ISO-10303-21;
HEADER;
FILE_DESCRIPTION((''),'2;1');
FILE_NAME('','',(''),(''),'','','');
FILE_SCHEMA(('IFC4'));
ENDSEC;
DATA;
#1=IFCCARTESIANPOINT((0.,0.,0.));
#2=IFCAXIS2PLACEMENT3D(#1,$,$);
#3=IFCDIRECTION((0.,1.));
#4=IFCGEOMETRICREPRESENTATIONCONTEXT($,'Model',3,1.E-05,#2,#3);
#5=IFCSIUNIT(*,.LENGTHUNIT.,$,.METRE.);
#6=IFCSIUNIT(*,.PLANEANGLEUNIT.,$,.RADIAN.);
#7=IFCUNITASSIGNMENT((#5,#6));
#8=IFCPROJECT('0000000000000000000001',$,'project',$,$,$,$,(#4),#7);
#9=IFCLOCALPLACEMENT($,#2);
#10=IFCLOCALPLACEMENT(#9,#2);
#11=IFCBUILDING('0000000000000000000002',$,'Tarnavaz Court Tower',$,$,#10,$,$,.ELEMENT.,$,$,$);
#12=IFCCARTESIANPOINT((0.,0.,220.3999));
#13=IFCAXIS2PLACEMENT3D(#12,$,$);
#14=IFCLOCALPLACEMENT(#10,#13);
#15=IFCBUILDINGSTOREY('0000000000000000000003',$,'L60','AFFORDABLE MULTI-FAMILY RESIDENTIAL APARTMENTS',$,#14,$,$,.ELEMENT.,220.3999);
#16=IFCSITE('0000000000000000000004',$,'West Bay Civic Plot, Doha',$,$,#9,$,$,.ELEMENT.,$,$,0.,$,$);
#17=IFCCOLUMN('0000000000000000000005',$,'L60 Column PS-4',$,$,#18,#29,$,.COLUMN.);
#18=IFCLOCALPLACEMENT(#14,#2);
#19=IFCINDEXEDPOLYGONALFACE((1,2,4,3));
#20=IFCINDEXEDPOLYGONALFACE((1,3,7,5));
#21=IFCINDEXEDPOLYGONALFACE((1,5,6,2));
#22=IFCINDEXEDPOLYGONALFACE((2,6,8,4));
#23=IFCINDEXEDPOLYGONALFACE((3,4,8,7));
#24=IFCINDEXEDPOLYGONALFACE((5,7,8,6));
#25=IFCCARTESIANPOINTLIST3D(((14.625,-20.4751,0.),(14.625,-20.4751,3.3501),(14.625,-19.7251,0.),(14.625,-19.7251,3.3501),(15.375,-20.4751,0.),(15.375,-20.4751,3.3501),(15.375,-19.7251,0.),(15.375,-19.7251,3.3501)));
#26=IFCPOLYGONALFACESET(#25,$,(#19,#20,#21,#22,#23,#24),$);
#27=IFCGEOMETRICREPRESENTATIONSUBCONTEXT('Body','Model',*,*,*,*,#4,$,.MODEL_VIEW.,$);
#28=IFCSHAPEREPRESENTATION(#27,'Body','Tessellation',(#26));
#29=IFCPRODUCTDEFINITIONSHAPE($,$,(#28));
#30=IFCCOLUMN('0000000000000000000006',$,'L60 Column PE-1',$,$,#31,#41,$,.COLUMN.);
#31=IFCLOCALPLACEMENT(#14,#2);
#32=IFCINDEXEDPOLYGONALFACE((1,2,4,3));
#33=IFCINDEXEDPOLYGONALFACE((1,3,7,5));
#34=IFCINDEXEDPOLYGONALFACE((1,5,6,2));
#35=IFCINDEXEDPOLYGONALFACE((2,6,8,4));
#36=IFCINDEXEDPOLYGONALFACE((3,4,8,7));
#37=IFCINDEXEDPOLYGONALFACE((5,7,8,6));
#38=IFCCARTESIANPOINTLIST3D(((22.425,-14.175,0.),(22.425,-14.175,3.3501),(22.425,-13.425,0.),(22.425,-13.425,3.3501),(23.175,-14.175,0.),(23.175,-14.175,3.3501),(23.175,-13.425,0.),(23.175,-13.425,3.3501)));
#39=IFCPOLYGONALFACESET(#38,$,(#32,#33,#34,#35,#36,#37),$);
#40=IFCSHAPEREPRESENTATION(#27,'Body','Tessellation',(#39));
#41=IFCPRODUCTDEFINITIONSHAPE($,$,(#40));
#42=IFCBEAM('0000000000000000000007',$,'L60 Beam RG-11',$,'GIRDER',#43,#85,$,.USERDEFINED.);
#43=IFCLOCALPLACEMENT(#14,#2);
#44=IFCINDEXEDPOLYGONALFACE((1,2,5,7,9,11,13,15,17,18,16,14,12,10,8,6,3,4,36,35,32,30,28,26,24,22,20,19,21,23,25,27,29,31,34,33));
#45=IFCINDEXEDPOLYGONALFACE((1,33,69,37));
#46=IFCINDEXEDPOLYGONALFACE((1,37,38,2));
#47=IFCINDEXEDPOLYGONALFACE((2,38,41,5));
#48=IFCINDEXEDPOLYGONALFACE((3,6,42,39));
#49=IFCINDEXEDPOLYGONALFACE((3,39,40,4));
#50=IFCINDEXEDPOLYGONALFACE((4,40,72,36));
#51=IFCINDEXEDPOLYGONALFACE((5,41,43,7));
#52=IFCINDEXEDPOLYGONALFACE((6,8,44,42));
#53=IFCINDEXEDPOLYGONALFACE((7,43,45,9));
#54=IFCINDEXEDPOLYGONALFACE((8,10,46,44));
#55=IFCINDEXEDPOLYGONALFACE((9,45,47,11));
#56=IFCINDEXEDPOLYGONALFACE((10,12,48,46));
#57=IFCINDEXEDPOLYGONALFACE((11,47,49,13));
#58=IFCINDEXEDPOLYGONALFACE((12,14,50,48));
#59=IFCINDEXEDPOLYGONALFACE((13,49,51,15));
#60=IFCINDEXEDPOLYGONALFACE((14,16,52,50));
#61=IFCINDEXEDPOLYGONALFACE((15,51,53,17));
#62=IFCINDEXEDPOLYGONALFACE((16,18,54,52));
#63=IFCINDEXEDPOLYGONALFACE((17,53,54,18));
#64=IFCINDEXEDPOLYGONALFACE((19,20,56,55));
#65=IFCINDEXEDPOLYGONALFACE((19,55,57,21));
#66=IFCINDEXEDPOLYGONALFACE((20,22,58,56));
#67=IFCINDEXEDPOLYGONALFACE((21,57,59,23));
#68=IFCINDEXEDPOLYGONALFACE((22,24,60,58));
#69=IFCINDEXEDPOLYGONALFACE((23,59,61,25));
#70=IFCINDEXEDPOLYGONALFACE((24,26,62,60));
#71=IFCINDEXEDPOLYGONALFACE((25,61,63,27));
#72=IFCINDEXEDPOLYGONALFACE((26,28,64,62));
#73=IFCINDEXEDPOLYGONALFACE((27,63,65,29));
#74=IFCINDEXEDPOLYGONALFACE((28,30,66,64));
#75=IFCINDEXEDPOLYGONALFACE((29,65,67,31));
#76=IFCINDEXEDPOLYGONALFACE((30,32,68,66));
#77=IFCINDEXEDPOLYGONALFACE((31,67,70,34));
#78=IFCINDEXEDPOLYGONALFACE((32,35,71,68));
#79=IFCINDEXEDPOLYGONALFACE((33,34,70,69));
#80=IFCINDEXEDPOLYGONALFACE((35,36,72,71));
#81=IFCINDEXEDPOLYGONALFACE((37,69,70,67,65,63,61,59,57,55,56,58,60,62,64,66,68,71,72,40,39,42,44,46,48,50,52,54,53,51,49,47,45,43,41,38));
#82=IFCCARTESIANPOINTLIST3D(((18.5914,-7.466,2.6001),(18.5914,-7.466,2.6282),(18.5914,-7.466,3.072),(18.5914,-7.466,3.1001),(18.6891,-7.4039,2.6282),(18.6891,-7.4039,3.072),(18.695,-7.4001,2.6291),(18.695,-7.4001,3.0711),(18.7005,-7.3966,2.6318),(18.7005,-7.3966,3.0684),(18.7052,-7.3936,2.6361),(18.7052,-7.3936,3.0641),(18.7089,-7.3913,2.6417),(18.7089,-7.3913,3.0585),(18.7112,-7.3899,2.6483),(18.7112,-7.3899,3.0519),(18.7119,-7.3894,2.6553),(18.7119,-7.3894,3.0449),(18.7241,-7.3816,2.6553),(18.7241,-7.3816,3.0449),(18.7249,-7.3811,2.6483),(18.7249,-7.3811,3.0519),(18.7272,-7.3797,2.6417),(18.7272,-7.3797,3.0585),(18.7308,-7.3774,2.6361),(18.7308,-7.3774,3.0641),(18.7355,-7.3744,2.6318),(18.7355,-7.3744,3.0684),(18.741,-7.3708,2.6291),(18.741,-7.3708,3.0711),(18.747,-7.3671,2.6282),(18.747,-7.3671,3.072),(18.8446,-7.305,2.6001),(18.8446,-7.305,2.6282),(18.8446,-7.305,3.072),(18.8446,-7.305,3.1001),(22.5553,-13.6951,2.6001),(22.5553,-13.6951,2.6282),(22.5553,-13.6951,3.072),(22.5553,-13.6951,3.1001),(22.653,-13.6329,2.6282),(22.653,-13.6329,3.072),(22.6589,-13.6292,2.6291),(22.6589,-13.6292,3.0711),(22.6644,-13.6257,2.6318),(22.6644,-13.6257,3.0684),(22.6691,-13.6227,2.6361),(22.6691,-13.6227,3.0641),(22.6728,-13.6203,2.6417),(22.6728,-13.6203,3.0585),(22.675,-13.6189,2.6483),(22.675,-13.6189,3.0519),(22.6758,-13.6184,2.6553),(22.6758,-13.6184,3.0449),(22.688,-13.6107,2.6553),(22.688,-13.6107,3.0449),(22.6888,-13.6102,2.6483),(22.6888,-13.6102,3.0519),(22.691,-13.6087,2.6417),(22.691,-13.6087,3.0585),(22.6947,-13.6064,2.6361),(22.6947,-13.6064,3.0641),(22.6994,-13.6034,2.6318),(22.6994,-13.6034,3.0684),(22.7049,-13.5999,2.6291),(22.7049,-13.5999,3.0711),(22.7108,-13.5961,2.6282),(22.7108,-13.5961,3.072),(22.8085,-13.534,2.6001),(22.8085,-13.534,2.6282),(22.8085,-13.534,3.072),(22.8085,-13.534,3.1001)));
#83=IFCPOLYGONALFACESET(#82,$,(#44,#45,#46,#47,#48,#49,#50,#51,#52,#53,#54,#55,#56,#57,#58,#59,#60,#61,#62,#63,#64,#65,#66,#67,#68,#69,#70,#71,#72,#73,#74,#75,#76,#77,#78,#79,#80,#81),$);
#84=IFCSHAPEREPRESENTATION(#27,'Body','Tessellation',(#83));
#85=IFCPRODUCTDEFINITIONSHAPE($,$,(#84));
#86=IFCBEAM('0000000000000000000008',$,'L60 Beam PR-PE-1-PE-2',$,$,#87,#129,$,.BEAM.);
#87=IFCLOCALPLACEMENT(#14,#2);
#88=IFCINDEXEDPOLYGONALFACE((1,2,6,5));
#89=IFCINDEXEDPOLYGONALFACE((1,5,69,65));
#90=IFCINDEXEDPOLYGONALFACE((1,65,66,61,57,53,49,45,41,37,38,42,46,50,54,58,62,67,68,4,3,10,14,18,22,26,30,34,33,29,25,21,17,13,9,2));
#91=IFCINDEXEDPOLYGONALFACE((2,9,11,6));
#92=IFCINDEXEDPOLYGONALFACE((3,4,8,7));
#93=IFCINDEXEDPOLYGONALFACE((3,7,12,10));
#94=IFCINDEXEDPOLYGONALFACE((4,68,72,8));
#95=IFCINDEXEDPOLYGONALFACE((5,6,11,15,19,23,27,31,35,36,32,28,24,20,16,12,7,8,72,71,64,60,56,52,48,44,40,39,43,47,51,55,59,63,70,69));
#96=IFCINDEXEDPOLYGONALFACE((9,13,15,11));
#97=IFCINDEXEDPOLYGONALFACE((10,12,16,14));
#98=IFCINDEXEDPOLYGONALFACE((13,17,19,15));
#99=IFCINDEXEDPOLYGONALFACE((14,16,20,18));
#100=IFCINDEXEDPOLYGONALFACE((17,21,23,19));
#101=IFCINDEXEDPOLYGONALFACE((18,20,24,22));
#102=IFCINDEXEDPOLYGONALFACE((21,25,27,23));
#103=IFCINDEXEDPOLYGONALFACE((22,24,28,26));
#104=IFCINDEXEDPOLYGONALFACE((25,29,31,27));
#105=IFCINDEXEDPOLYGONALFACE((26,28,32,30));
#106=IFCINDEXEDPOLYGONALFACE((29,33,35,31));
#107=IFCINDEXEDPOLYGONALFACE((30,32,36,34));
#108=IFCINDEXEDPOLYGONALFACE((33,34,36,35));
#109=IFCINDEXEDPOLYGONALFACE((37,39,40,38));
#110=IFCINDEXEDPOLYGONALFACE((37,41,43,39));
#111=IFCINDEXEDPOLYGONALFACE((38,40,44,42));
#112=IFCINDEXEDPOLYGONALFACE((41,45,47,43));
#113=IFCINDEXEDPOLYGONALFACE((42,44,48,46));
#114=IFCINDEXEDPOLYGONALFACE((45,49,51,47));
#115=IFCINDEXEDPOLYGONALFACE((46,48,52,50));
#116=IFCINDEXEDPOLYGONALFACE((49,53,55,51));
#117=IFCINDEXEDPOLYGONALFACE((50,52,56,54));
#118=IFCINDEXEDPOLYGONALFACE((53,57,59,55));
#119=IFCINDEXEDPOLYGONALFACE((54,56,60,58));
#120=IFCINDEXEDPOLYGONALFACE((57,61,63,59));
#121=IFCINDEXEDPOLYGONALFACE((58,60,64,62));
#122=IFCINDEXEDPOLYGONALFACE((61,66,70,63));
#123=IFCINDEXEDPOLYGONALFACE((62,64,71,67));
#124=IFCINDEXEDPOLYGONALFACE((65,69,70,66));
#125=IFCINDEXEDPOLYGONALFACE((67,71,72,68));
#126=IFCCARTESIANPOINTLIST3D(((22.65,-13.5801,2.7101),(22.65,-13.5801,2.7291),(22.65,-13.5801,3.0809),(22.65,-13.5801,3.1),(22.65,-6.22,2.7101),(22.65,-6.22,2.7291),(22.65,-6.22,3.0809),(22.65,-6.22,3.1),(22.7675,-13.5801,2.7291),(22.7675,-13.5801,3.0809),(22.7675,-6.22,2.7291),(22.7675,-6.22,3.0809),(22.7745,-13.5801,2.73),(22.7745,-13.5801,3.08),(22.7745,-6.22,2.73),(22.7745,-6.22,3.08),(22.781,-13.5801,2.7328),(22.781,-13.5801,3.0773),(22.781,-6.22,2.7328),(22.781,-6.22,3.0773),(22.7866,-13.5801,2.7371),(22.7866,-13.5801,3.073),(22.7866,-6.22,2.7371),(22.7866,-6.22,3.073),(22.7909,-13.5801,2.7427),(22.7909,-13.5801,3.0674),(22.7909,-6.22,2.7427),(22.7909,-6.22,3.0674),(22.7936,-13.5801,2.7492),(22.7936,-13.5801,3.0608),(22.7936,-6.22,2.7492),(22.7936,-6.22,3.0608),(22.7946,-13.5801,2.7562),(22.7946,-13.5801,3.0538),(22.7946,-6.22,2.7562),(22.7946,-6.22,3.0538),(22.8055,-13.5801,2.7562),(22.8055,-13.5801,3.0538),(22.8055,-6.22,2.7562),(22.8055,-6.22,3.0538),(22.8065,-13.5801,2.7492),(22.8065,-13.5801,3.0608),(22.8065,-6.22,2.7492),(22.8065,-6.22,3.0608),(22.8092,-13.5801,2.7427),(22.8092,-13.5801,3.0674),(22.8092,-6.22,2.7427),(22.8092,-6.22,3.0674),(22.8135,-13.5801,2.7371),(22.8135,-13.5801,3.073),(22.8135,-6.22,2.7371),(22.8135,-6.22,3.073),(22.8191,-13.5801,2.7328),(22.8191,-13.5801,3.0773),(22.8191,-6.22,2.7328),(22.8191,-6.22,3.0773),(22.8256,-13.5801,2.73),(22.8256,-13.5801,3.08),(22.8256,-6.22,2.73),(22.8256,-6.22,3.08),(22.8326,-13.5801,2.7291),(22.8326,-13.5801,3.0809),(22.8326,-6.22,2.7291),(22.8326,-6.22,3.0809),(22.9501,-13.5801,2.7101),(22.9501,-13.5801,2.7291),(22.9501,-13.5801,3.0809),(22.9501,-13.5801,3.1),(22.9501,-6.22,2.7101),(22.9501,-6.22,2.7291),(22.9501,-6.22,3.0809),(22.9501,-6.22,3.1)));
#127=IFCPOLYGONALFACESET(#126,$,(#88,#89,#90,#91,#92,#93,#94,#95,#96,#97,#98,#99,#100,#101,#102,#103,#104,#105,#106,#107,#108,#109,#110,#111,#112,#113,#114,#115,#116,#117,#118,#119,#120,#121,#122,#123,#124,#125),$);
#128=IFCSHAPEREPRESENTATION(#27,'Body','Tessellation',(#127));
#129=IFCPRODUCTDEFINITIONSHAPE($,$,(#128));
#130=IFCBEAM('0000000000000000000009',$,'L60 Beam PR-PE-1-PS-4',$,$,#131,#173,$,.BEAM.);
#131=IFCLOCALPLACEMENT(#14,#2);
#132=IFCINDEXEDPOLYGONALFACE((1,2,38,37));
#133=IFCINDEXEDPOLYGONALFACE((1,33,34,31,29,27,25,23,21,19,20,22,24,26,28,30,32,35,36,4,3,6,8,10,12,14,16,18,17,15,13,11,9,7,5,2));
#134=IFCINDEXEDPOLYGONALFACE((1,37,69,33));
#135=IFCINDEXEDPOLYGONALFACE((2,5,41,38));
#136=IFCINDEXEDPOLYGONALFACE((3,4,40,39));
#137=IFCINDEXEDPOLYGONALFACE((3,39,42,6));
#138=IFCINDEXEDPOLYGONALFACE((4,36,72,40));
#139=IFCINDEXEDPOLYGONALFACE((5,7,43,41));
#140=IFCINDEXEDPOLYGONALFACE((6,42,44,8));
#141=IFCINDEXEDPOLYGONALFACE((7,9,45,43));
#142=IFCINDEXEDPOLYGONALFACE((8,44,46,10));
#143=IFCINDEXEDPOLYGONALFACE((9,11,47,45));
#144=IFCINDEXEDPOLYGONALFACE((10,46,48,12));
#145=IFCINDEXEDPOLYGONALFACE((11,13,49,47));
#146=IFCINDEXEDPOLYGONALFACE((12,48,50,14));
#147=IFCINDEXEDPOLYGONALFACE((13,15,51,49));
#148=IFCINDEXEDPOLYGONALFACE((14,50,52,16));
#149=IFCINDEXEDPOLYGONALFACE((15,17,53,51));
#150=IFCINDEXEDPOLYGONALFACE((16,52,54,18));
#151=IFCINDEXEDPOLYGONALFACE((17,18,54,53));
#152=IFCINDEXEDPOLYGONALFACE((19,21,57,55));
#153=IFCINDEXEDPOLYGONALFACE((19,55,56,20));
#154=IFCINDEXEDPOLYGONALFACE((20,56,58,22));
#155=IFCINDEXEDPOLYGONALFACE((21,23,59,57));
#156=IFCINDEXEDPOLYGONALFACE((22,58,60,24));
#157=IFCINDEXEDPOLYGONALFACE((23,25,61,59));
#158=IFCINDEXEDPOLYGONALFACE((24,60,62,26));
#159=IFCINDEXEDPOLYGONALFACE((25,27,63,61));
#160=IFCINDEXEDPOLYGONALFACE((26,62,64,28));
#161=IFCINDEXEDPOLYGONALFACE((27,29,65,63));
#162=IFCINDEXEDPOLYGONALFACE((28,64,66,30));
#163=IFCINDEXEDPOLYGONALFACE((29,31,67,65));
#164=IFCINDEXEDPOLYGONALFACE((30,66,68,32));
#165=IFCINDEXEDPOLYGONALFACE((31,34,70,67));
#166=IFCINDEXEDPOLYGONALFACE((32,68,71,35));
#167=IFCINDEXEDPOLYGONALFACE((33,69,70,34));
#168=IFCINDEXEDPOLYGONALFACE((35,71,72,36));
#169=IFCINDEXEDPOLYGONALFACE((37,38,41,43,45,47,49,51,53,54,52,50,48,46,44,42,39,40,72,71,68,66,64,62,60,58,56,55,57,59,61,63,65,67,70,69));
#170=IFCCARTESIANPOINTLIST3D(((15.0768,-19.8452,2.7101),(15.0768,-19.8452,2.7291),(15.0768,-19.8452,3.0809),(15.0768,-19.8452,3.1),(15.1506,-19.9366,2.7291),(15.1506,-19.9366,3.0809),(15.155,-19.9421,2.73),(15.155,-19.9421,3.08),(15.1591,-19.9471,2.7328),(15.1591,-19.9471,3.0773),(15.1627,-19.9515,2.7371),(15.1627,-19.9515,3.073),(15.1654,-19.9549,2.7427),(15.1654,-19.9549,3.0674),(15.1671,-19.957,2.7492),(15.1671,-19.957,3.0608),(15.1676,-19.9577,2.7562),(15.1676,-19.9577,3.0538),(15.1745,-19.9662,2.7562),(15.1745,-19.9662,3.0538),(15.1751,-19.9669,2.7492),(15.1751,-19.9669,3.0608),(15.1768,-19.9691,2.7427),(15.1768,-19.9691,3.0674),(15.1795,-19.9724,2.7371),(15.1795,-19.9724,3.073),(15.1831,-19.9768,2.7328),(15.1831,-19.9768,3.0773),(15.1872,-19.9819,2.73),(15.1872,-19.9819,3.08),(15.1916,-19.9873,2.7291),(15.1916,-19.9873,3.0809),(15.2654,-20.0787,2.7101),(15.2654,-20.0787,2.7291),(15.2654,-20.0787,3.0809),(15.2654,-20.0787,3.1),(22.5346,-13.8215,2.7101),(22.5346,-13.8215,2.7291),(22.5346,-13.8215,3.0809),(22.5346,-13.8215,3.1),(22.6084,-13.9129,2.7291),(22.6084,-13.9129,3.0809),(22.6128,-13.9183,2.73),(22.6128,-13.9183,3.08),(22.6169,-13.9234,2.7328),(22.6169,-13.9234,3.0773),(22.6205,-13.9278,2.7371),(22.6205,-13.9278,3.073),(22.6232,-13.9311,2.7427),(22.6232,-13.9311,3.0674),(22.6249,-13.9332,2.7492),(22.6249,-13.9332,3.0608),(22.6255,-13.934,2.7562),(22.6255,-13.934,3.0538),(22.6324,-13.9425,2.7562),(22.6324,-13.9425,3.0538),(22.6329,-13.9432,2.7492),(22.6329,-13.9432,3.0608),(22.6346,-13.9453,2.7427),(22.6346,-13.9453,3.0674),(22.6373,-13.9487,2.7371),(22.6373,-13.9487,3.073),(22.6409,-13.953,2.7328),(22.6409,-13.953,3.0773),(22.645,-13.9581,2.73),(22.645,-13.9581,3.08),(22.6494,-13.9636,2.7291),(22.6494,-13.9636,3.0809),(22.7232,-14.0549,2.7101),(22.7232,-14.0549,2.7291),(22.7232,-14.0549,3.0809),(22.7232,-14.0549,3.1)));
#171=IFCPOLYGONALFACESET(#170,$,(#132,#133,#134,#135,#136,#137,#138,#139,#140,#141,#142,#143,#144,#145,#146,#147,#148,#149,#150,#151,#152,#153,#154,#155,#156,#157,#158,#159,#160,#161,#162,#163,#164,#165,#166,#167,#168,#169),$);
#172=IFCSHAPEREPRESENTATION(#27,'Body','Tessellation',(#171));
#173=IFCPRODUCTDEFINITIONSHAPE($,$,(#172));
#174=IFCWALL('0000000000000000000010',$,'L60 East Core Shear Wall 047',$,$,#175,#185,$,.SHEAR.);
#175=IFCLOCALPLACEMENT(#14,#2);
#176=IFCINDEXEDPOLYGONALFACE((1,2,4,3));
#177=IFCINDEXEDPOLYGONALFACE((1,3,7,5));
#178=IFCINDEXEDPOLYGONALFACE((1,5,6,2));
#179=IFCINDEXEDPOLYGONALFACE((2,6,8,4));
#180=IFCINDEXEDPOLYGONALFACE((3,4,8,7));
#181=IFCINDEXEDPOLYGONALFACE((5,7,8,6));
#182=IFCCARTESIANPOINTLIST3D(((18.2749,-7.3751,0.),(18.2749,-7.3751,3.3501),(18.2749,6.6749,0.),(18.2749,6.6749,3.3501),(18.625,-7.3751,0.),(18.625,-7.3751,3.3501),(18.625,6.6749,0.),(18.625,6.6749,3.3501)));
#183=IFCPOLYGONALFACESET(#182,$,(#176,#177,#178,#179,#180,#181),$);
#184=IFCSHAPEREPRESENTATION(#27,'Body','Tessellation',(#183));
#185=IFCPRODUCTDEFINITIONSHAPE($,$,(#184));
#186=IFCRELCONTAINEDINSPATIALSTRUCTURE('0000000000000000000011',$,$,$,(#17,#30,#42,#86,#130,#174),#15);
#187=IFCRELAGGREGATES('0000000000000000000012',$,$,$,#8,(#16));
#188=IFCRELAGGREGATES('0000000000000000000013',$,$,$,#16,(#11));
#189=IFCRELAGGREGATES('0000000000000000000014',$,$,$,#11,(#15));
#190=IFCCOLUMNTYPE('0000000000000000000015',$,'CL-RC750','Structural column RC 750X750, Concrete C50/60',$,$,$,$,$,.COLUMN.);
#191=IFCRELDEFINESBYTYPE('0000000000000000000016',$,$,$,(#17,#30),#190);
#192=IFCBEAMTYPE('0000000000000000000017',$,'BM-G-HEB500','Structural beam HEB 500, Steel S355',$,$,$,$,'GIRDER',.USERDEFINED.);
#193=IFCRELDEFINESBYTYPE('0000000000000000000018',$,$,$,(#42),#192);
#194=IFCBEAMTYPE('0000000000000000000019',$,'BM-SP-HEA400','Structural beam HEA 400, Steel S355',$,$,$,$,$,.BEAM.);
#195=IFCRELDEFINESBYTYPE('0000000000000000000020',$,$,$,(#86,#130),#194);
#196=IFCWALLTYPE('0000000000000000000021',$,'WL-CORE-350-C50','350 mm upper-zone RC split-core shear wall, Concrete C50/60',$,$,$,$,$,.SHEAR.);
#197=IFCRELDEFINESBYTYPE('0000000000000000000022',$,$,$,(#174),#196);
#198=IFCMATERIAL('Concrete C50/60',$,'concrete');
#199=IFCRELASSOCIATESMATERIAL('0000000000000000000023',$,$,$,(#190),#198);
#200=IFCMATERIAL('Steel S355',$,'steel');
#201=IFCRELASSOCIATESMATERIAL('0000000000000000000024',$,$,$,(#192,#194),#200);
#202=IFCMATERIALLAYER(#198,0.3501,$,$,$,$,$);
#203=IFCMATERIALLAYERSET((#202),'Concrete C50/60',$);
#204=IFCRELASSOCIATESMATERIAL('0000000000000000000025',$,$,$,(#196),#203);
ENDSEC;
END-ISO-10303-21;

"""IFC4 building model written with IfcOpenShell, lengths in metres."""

from ifc_helpers import new_model, si_unit, direction, frame, frame_2d, origin, origin_2d, place, context, subcontext, project, spatial, rectangle, i_section, extrude, material, layer, layer_set, material_profile, profile_set, type_object, element, save


model = new_model("IFC4")

# Units and contexts
model_context = context("Model", 3, precision=1e-05, world=origin(), true_north=direction((0.0, 1.0)))
body_context = subcontext(model_context, "Body", "Model", "MODEL_VIEW")
ifc_project = project(units=[si_unit("LENGTHUNIT", "METRE"), si_unit("PLANEANGLEUNIT", "RADIAN")], contexts=[model_context])

# Site, building, storey
site_placement = place(None, origin())
site = spatial("IfcSite", under=ifc_project, at=site_placement, Name="West Bay Civic Plot, Doha", CompositionType="ELEMENT", RefElevation=0.0)
building_placement = place(site_placement, origin())
building = spatial("IfcBuilding", under=site, at=building_placement, Name="Tarnavaz Court Tower", CompositionType="ELEMENT")
storey_placement = place(building_placement, frame((0.0, 0.0, 220.3999)))
storey = spatial("IfcBuildingStorey", under=building, at=storey_placement, Name="L60", Description="AFFORDABLE MULTI-FAMILY RESIDENTIAL APARTMENTS", CompositionType="ELEMENT", Elevation=220.3999)

# Columns
ifc_material_1 = material(Name="Concrete C50/60", Category="concrete")
ifc_material_profile_1 = material_profile(ifc_material_1, rectangle(XDim=0.75, YDim=0.75, at=origin_2d()), Name="RC 750X750")
ifc_profile_set_1 = profile_set([ifc_material_profile_1], Name="Concrete C50/60")
column_type = type_object("IfcColumnType", Name="CL-RC750", Description="Structural column RC 750X750, Concrete C50/60", PredefinedType="COLUMN", material=ifc_profile_set_1)
for number, where, z_axis, x_axis, name in (
    (1, (15.0, -20.1001, 0.0), (0.0, 0.0, 1.0), (1.0, 0.0, 0.0), "L60 Column PS-4"),
    (2, (22.8, -13.8, 0.0), (0.0, 0.0, 1.0), (1.0, 0.0, 0.0), "L60 Column PE-1"),
):
    element("IfcColumn", number, at=place(storey_placement, frame(where, z_axis=z_axis, x_axis=x_axis)), inside=storey, type_object=column_type, Name=name, PredefinedType="COLUMN", context=body_context, shape_type="SweptSolid", body=[
        extrude(rectangle(XDim=0.75, YDim=0.75, at=origin_2d()), origin(), (0.0, 0.0, 1.0), 3.3501),
    ])

# Beams
ifc_material_2 = material(Name="Steel S355", Category="steel")
ifc_material_profile_2 = material_profile(ifc_material_2, i_section(OverallWidth=0.3, OverallDepth=0.5, WebThickness=0.0144, FlangeThickness=0.0281, FilletRadius=0.0271, at=origin_2d()), Name="HEB 500")
ifc_profile_set_2 = profile_set([ifc_material_profile_2], Name="Steel S355")
beam_type_1 = type_object("IfcBeamType", Name="BM-G-HEB500", Description="Structural beam HEB 500, Steel S355", ElementType="GIRDER", PredefinedType="USERDEFINED", material=ifc_profile_set_2)
beam_1_placement = place(storey_placement, frame((18.718, -7.3855, 2.8501), z_axis=(0.536871, -0.843664, 0.0), x_axis=(0.843664, 0.536871, 0.0)))
element("IfcBeam", 3, at=beam_1_placement, inside=storey, type_object=beam_type_1, Name="L60 Beam RG-11", ObjectType="GIRDER", PredefinedType="USERDEFINED", context=body_context, shape_type="SweptSolid", body=[
    extrude(i_section(OverallWidth=0.3, OverallDepth=0.5, WebThickness=0.0144, FlangeThickness=0.0281, FilletRadius=0.0271, at=origin_2d()), origin(), (0.0, 0.0, 1.0), 7.3833),
])
ifc_material_profile_3 = material_profile(ifc_material_2, i_section(OverallWidth=0.3, OverallDepth=0.3899, WebThickness=0.011, FlangeThickness=0.019, FilletRadius=0.0271, at=origin_2d()), Name="HEA 400")
ifc_profile_set_3 = profile_set([ifc_material_profile_3], Name="Steel S355")
beam_type_2 = type_object("IfcBeamType", Name="BM-SP-HEA400", Description="Structural beam HEA 400, Steel S355", PredefinedType="BEAM", material=ifc_profile_set_3)
beam_2_placement = place(storey_placement, frame((22.8, -13.5801, 2.905), z_axis=(0.0, 1.0, 0.0), x_axis=(-1.0, 0.0, 0.0)))
element("IfcBeam", 4, at=beam_2_placement, inside=storey, type_object=beam_type_2, Name="L60 Beam PR-PE-1-PE-2", PredefinedType="BEAM", context=body_context, shape_type="SweptSolid", body=[
    extrude(i_section(OverallWidth=0.3, OverallDepth=0.3899, WebThickness=0.011, FlangeThickness=0.019, FilletRadius=0.0271, at=origin_2d()), origin(), (0.0, 0.0, 1.0), 7.3601),
])
beam_3_placement = place(storey_placement, frame((22.6289, -13.9382, 2.905), z_axis=(-0.777936, -0.628344, 0.0), x_axis=(0.628344, -0.777936, 0.0)))
element("IfcBeam", 5, at=beam_3_placement, inside=storey, type_object=beam_type_2, Name="L60 Beam PR-PE-1-PS-4", PredefinedType="BEAM", context=body_context, shape_type="SweptSolid", body=[
    extrude(i_section(OverallWidth=0.3, OverallDepth=0.3899, WebThickness=0.011, FlangeThickness=0.019, FilletRadius=0.0271, at=origin_2d()), origin(), (0.0, 0.0, 1.0), 9.5867),
])

# Wall
ifc_layer_1 = layer(ifc_material_1, 0.3501)
ifc_layer_set_1 = layer_set([ifc_layer_1], Name="Concrete C50/60")
wall_type_1 = type_object("IfcWallType", Name="WL-CORE-350-C50", Description="350 mm upper-zone RC split-core shear wall, Concrete C50/60", PredefinedType="SHEAR", material=ifc_layer_set_1)
wall_1_placement = place(storey_placement, frame((18.45, -7.375, 0.0), z_axis=(0.0, 0.0, 1.0), x_axis=(0.0, 1.0, 0.0)))
element("IfcWall", 6, at=wall_1_placement, inside=storey, type_object=wall_type_1, Name="L60 East Core Shear Wall 047", PredefinedType="SHEAR", context=body_context, shape_type="SweptSolid", body=[
    extrude(rectangle(XDim=14.05, YDim=0.3501, at=frame_2d((7.0249, 0.0))), origin(), (0.0, 0.0, 1.0), 3.3501),
])

save(model, "model.ifc")
